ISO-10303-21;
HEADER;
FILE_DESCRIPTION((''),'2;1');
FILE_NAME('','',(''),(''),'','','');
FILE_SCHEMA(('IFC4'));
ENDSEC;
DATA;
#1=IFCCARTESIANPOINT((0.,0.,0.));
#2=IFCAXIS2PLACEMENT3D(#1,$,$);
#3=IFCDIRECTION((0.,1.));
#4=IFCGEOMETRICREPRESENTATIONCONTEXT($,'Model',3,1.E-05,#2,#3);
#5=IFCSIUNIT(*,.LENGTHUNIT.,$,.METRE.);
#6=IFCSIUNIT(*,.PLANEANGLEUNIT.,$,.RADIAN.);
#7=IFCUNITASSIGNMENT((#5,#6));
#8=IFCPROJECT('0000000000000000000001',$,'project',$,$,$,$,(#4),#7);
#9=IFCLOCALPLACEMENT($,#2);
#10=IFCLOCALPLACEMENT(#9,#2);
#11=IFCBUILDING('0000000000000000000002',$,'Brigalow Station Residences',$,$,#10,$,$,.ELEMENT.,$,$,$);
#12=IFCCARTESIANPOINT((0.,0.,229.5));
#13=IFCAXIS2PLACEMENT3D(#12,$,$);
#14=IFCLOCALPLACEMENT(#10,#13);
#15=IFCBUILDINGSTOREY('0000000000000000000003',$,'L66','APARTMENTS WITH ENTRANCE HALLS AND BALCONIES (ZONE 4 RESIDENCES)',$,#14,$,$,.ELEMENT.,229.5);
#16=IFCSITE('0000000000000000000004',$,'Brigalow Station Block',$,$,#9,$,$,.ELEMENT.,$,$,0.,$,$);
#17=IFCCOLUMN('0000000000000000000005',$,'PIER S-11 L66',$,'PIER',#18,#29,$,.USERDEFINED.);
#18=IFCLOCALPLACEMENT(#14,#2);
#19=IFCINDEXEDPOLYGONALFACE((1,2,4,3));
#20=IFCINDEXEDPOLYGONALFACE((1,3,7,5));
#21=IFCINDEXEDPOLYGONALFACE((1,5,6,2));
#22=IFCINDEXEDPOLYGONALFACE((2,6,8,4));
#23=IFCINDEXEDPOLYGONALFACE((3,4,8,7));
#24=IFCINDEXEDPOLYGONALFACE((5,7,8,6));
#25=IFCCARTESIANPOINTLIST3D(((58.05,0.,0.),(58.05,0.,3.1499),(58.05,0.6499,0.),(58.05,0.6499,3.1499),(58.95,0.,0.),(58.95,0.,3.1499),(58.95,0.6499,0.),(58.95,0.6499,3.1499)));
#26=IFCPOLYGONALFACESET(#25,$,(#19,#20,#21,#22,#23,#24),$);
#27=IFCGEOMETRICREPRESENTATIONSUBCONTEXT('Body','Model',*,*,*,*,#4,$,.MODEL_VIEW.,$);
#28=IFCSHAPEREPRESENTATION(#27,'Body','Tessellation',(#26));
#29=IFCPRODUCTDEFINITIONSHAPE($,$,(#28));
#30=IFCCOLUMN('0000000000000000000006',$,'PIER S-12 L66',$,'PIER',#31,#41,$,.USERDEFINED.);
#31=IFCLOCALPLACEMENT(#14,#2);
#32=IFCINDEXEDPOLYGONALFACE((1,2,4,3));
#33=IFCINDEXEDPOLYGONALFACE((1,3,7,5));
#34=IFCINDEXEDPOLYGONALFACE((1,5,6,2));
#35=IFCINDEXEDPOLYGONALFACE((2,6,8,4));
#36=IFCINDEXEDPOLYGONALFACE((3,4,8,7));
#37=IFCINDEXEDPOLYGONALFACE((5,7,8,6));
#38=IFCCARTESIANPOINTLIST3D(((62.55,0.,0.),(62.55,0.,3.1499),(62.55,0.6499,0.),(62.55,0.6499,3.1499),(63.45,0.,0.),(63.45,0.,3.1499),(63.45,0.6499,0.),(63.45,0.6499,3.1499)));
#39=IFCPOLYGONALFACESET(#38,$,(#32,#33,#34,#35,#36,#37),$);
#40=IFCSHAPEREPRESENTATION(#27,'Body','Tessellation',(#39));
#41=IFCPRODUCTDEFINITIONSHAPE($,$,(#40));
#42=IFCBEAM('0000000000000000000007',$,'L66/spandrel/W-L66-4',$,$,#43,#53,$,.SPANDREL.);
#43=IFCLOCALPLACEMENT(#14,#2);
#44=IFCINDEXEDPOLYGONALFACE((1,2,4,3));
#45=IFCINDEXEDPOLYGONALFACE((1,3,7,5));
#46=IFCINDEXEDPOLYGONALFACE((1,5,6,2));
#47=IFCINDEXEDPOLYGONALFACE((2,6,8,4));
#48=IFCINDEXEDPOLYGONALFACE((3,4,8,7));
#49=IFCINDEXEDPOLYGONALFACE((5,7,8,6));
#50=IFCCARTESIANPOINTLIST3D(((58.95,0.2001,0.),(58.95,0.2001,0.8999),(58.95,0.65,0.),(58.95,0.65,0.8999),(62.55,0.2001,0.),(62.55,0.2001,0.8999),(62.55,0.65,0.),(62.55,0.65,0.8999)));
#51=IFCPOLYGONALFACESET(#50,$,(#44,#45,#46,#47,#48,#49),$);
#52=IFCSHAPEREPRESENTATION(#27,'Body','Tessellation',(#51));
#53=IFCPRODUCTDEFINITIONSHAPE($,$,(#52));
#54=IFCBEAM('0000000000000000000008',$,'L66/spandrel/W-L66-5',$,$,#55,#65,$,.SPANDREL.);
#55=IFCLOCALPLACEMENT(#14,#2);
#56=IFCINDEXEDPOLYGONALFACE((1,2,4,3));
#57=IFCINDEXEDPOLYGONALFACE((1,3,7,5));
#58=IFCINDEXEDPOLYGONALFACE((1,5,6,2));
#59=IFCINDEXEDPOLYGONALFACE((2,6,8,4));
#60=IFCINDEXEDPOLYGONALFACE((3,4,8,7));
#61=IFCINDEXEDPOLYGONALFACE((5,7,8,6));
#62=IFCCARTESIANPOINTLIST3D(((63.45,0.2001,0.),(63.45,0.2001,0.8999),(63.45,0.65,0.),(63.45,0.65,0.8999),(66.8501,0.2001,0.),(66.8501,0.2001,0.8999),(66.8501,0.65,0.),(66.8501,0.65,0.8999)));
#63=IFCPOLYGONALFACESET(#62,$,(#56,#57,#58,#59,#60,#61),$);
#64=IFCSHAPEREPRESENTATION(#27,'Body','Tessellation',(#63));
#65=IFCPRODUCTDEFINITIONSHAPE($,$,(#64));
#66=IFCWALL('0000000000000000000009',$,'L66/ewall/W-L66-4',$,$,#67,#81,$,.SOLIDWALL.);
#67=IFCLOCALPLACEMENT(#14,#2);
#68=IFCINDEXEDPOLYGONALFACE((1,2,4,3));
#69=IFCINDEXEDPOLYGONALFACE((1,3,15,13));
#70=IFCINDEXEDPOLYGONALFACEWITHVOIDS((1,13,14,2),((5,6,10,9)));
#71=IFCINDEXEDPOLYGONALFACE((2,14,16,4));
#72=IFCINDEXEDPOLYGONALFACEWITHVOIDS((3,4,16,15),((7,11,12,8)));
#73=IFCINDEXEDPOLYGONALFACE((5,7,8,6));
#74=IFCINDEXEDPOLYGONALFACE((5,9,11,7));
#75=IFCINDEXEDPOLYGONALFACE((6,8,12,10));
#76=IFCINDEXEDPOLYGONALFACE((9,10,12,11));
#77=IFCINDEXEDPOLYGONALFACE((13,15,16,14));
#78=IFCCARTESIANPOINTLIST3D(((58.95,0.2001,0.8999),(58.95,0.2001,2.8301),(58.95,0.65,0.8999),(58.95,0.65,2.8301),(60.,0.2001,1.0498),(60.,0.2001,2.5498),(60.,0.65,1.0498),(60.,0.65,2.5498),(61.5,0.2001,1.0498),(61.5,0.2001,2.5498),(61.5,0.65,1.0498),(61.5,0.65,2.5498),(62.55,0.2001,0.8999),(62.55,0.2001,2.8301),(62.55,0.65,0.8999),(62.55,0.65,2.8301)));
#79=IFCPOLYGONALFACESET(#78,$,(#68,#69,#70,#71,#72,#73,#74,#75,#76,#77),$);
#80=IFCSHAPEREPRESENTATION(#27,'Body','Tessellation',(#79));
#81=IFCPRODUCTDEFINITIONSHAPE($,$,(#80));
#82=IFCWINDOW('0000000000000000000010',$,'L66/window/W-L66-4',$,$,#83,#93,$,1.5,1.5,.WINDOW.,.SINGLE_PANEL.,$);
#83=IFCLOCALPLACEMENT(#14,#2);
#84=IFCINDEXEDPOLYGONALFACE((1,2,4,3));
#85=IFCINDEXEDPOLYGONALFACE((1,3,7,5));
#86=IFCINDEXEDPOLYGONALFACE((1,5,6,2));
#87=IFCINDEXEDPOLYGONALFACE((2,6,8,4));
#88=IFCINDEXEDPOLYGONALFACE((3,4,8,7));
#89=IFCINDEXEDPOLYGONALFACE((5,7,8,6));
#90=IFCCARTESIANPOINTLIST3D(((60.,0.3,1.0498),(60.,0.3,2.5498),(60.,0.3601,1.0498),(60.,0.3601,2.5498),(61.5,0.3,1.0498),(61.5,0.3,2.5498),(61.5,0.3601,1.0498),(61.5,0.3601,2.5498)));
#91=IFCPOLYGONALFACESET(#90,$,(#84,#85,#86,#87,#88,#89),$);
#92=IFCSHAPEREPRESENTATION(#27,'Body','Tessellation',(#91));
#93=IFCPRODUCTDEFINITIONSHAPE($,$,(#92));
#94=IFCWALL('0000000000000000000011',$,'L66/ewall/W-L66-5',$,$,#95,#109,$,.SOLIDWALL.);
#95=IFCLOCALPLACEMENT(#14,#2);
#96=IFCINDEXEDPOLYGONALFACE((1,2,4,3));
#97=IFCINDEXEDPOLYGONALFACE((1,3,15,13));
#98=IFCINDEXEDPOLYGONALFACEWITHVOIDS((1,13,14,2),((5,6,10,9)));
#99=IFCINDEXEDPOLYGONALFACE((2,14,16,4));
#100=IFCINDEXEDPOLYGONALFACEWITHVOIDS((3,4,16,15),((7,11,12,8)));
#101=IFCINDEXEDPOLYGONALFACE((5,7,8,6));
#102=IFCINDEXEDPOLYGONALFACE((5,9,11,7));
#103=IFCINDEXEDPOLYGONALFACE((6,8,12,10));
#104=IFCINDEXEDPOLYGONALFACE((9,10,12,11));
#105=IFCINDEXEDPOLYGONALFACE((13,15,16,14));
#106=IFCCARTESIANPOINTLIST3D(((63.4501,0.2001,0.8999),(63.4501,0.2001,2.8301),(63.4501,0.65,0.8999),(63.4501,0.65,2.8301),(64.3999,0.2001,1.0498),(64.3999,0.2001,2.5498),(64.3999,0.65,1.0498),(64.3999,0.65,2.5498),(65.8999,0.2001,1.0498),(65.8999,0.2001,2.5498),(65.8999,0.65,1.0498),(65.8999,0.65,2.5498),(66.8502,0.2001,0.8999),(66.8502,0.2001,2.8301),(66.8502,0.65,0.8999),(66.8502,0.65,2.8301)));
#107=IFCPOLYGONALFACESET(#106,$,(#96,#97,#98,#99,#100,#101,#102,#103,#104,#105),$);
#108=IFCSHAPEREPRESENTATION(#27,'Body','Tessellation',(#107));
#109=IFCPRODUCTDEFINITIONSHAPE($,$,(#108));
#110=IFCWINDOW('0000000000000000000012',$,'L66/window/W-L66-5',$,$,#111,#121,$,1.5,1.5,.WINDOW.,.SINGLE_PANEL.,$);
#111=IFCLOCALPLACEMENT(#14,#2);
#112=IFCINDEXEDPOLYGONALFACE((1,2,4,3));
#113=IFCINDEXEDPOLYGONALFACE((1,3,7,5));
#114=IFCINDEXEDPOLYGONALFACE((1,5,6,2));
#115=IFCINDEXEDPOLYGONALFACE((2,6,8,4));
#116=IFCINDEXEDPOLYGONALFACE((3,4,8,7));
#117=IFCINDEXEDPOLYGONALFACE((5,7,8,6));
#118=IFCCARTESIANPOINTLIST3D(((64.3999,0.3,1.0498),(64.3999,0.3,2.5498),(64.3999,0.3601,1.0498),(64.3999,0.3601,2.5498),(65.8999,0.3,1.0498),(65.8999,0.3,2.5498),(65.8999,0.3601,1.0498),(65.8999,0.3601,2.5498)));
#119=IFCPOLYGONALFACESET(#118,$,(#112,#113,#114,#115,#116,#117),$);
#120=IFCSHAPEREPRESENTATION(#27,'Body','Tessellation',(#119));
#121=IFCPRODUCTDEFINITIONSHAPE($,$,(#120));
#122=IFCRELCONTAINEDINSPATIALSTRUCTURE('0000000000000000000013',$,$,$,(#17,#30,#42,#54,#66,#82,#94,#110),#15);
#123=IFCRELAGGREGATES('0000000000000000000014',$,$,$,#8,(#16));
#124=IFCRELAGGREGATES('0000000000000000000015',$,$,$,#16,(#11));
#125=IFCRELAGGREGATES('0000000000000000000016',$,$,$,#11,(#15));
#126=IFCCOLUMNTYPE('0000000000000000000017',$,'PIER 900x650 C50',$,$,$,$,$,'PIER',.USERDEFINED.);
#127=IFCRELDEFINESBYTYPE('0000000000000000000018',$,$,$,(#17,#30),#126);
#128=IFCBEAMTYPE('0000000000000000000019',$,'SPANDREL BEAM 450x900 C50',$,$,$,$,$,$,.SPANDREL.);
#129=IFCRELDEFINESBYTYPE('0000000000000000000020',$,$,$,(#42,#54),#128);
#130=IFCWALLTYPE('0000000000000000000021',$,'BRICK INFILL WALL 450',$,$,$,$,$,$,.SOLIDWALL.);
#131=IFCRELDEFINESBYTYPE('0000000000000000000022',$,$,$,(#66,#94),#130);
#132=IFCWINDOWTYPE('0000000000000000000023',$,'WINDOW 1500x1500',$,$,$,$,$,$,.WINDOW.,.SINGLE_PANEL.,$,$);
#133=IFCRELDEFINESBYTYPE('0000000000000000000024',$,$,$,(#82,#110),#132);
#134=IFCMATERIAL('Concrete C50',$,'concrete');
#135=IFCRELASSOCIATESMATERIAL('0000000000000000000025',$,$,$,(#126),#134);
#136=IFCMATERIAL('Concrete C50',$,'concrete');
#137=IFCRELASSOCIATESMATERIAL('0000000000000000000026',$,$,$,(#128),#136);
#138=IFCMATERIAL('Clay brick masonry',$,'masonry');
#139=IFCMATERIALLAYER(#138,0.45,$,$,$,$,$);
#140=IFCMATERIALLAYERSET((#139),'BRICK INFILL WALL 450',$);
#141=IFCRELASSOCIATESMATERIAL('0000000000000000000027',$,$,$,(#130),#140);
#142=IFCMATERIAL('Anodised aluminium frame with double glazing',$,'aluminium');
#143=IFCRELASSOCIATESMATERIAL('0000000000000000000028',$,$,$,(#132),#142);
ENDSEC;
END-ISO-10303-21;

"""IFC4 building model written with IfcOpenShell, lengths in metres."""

from ifc_helpers import new_model, si_unit, direction, frame, frame_2d, origin, origin_2d, place, context, subcontext, project, spatial, rectangle, extrude, material, layer, layer_set, material_profile, profile_set, type_object, element, fill, save


model = new_model("IFC4")

# Units and contexts
model_context = context("Model", 3, precision=1e-05, world=origin(), true_north=direction((0.0, 1.0)))
body_context = subcontext(model_context, "Body", "Model", "MODEL_VIEW")
ifc_project = project(units=[si_unit("LENGTHUNIT", "METRE"), si_unit("PLANEANGLEUNIT", "RADIAN")], contexts=[model_context])

# Site, building, storey
site_placement = place(None, origin())
site = spatial("IfcSite", under=ifc_project, at=site_placement, Name="Brigalow Station Block", CompositionType="ELEMENT", RefElevation=0.0)
building_placement = place(site_placement, origin())
building = spatial("IfcBuilding", under=site, at=building_placement, Name="Brigalow Station Residences", CompositionType="ELEMENT")
storey_placement = place(building_placement, frame((0.0, 0.0, 229.5)))
storey = spatial("IfcBuildingStorey", under=building, at=storey_placement, Name="L66", Description="APARTMENTS WITH ENTRANCE HALLS AND BALCONIES (ZONE 4 RESIDENCES)", CompositionType="ELEMENT", Elevation=229.5)

# Columns
ifc_material_1 = material(Name="Concrete C50", Category="concrete")
ifc_material_profile_1 = material_profile(ifc_material_1, rectangle(XDim=0.8999, YDim=0.6499, at=origin_2d()), Name="RC900x650")
ifc_profile_set_1 = profile_set([ifc_material_profile_1], Name="Concrete C50")
column_type = type_object("IfcColumnType", Name="PIER 900x650 C50", ElementType="PIER", PredefinedType="USERDEFINED", material=ifc_profile_set_1)
for number, where, z_axis, x_axis, name in (
    (1, (58.5, 0.325, 0.0), (0.0, 0.0, 1.0), (1.0, 0.0, 0.0), "PIER S-11 L66"),
    (2, (63.0, 0.325, 0.0), (0.0, 0.0, 1.0), (1.0, 0.0, 0.0), "PIER S-12 L66"),
):
    element("IfcColumn", number, at=place(storey_placement, frame(where, z_axis=z_axis, x_axis=x_axis)), inside=storey, type_object=column_type, Name=name, ObjectType="PIER", PredefinedType="USERDEFINED", context=body_context, shape_type="SweptSolid", body=[
        extrude(rectangle(XDim=0.8999, YDim=0.6499, at=origin_2d()), origin(), (0.0, 0.0, 1.0), 3.1499),
    ])

# Beams
ifc_material_2 = material(Name="Concrete C50", Category="concrete")
ifc_material_profile_2 = material_profile(ifc_material_2, rectangle(XDim=0.45, YDim=0.8999, at=origin_2d()), Name="RC450x900")
ifc_profile_set_2 = profile_set([ifc_material_profile_2], Name="Concrete C50")
beam_type = type_object("IfcBeamType", Name="SPANDREL BEAM 450x900 C50", PredefinedType="SPANDREL", material=ifc_profile_set_2)
beam_1_placement = place(storey_placement, frame((58.95, 0.425, 0.45), z_axis=(1.0, 0.0, 0.0), x_axis=(0.0, 1.0, 0.0)))
element("IfcBeam", 3, at=beam_1_placement, inside=storey, type_object=beam_type, Name="L66/spandrel/W-L66-4", PredefinedType="SPANDREL", context=body_context, shape_type="SweptSolid", body=[
    extrude(rectangle(XDim=0.45, YDim=0.8999, at=origin_2d()), origin(), (0.0, 0.0, 1.0), 3.6001),
])
beam_2_placement = place(storey_placement, frame((63.45, 0.425, 0.45), z_axis=(1.0, 0.0, 0.0), x_axis=(0.0, 1.0, 0.0)))
element("IfcBeam", 4, at=beam_2_placement, inside=storey, type_object=beam_type, Name="L66/spandrel/W-L66-5", PredefinedType="SPANDREL", context=body_context, shape_type="SweptSolid", body=[
    extrude(rectangle(XDim=0.45, YDim=0.8999, at=origin_2d()), origin(), (0.0, 0.0, 1.0), 3.4001),
])

# Walls, openings, windows
ifc_material_3 = material(Name="Clay brick masonry", Category="masonry")
ifc_layer_1 = layer(ifc_material_3, 0.45)
ifc_layer_set_1 = layer_set([ifc_layer_1], Name="BRICK INFILL WALL 450")
wall_type_1 = type_object("IfcWallType", Name="BRICK INFILL WALL 450", PredefinedType="SOLIDWALL", material=ifc_layer_set_1)
wall_1_placement = place(storey_placement, frame((58.95, 0.425, 0.8999), z_axis=(0.0, 0.0, 1.0), x_axis=(1.0, 0.0, 0.0)))
wall_1 = element("IfcWall", 5, at=wall_1_placement, inside=storey, type_object=wall_type_1, Name="L66/ewall/W-L66-4", PredefinedType="SOLIDWALL", context=body_context, shape_type="SweptSolid", body=[
    extrude(rectangle(XDim=3.6001, YDim=0.45, at=frame_2d((1.8, 0.0))), origin(), (0.0, 0.0, 1.0), 1.9302),
])
opening_1_placement = place(wall_1_placement, frame((1.05, 0.0, 0.1499)))
opening_1 = element("IfcOpeningElement", 6, at=opening_1_placement, cuts=wall_1, PredefinedType="OPENING", context=body_context, shape_type="SweptSolid", body=[
    extrude(rectangle(XDim=1.5, YDim=1.5, at=frame_2d((0.75, 0.75))), frame((0.0, 0.2349, 0.0), z_axis=(0.0, -1.0, 0.0), x_axis=(1.0, 0.0, 0.0)), (0.0, 0.0, 1.0), 0.47),
])
ifc_material_4 = material(Name="Anodised aluminium frame with double glazing", Category="aluminium")
window_type = type_object("IfcWindowType", Name="WINDOW 1500x1500", PartitioningType="SINGLE_PANEL", PredefinedType="WINDOW", material=ifc_material_4)
window_1_placement = place(opening_1_placement, origin())
window_1 = element("IfcWindow", 7, at=window_1_placement, inside=storey, type_object=window_type, Name="L66/window/W-L66-4", OverallHeight=1.5, OverallWidth=1.5, PartitioningType="SINGLE_PANEL", PredefinedType="WINDOW", context=body_context, shape_type="SweptSolid", body=[
    extrude(rectangle(XDim=1.5, YDim=1.5, at=frame_2d((0.75, 0.75))), frame((0.0, -0.0649, 0.0), z_axis=(0.0, -1.0, 0.0), x_axis=(1.0, 0.0, 0.0)), (0.0, 0.0, 1.0), 0.0601),
])
fill(opening_1, window_1)
wall_2_placement = place(storey_placement, frame((63.45, 0.425, 0.8999), z_axis=(0.0, 0.0, 1.0), x_axis=(1.0, 0.0, 0.0)))
wall_2 = element("IfcWall", 8, at=wall_2_placement, inside=storey, type_object=wall_type_1, Name="L66/ewall/W-L66-5", PredefinedType="SOLIDWALL", context=body_context, shape_type="SweptSolid", body=[
    extrude(rectangle(XDim=3.4001, YDim=0.45, at=frame_2d((1.7002, 0.0))), origin(), (0.0, 0.0, 1.0), 1.9302),
])
opening_2_placement = place(wall_2_placement, frame((0.95, 0.0, 0.1499)))
opening_2 = element("IfcOpeningElement", 9, at=opening_2_placement, cuts=wall_2, PredefinedType="OPENING", context=body_context, shape_type="SweptSolid", body=[
    extrude(rectangle(XDim=1.5, YDim=1.5, at=frame_2d((0.75, 0.75))), frame((0.0, 0.2349, 0.0), z_axis=(0.0, -1.0, 0.0), x_axis=(1.0, 0.0, 0.0)), (0.0, 0.0, 1.0), 0.47),
])
window_2_placement = place(opening_2_placement, origin())
window_2 = element("IfcWindow", 10, at=window_2_placement, inside=storey, type_object=window_type, Name="L66/window/W-L66-5", OverallHeight=1.5, OverallWidth=1.5, PartitioningType="SINGLE_PANEL", PredefinedType="WINDOW", context=body_context, shape_type="SweptSolid", body=[
    extrude(rectangle(XDim=1.5, YDim=1.5, at=frame_2d((0.75, 0.75))), frame((0.0, -0.0649, 0.0), z_axis=(0.0, -1.0, 0.0), x_axis=(1.0, 0.0, 0.0)), (0.0, 0.0, 1.0), 0.0601),
])
fill(opening_2, window_2)

save(model, "model.ifc")
